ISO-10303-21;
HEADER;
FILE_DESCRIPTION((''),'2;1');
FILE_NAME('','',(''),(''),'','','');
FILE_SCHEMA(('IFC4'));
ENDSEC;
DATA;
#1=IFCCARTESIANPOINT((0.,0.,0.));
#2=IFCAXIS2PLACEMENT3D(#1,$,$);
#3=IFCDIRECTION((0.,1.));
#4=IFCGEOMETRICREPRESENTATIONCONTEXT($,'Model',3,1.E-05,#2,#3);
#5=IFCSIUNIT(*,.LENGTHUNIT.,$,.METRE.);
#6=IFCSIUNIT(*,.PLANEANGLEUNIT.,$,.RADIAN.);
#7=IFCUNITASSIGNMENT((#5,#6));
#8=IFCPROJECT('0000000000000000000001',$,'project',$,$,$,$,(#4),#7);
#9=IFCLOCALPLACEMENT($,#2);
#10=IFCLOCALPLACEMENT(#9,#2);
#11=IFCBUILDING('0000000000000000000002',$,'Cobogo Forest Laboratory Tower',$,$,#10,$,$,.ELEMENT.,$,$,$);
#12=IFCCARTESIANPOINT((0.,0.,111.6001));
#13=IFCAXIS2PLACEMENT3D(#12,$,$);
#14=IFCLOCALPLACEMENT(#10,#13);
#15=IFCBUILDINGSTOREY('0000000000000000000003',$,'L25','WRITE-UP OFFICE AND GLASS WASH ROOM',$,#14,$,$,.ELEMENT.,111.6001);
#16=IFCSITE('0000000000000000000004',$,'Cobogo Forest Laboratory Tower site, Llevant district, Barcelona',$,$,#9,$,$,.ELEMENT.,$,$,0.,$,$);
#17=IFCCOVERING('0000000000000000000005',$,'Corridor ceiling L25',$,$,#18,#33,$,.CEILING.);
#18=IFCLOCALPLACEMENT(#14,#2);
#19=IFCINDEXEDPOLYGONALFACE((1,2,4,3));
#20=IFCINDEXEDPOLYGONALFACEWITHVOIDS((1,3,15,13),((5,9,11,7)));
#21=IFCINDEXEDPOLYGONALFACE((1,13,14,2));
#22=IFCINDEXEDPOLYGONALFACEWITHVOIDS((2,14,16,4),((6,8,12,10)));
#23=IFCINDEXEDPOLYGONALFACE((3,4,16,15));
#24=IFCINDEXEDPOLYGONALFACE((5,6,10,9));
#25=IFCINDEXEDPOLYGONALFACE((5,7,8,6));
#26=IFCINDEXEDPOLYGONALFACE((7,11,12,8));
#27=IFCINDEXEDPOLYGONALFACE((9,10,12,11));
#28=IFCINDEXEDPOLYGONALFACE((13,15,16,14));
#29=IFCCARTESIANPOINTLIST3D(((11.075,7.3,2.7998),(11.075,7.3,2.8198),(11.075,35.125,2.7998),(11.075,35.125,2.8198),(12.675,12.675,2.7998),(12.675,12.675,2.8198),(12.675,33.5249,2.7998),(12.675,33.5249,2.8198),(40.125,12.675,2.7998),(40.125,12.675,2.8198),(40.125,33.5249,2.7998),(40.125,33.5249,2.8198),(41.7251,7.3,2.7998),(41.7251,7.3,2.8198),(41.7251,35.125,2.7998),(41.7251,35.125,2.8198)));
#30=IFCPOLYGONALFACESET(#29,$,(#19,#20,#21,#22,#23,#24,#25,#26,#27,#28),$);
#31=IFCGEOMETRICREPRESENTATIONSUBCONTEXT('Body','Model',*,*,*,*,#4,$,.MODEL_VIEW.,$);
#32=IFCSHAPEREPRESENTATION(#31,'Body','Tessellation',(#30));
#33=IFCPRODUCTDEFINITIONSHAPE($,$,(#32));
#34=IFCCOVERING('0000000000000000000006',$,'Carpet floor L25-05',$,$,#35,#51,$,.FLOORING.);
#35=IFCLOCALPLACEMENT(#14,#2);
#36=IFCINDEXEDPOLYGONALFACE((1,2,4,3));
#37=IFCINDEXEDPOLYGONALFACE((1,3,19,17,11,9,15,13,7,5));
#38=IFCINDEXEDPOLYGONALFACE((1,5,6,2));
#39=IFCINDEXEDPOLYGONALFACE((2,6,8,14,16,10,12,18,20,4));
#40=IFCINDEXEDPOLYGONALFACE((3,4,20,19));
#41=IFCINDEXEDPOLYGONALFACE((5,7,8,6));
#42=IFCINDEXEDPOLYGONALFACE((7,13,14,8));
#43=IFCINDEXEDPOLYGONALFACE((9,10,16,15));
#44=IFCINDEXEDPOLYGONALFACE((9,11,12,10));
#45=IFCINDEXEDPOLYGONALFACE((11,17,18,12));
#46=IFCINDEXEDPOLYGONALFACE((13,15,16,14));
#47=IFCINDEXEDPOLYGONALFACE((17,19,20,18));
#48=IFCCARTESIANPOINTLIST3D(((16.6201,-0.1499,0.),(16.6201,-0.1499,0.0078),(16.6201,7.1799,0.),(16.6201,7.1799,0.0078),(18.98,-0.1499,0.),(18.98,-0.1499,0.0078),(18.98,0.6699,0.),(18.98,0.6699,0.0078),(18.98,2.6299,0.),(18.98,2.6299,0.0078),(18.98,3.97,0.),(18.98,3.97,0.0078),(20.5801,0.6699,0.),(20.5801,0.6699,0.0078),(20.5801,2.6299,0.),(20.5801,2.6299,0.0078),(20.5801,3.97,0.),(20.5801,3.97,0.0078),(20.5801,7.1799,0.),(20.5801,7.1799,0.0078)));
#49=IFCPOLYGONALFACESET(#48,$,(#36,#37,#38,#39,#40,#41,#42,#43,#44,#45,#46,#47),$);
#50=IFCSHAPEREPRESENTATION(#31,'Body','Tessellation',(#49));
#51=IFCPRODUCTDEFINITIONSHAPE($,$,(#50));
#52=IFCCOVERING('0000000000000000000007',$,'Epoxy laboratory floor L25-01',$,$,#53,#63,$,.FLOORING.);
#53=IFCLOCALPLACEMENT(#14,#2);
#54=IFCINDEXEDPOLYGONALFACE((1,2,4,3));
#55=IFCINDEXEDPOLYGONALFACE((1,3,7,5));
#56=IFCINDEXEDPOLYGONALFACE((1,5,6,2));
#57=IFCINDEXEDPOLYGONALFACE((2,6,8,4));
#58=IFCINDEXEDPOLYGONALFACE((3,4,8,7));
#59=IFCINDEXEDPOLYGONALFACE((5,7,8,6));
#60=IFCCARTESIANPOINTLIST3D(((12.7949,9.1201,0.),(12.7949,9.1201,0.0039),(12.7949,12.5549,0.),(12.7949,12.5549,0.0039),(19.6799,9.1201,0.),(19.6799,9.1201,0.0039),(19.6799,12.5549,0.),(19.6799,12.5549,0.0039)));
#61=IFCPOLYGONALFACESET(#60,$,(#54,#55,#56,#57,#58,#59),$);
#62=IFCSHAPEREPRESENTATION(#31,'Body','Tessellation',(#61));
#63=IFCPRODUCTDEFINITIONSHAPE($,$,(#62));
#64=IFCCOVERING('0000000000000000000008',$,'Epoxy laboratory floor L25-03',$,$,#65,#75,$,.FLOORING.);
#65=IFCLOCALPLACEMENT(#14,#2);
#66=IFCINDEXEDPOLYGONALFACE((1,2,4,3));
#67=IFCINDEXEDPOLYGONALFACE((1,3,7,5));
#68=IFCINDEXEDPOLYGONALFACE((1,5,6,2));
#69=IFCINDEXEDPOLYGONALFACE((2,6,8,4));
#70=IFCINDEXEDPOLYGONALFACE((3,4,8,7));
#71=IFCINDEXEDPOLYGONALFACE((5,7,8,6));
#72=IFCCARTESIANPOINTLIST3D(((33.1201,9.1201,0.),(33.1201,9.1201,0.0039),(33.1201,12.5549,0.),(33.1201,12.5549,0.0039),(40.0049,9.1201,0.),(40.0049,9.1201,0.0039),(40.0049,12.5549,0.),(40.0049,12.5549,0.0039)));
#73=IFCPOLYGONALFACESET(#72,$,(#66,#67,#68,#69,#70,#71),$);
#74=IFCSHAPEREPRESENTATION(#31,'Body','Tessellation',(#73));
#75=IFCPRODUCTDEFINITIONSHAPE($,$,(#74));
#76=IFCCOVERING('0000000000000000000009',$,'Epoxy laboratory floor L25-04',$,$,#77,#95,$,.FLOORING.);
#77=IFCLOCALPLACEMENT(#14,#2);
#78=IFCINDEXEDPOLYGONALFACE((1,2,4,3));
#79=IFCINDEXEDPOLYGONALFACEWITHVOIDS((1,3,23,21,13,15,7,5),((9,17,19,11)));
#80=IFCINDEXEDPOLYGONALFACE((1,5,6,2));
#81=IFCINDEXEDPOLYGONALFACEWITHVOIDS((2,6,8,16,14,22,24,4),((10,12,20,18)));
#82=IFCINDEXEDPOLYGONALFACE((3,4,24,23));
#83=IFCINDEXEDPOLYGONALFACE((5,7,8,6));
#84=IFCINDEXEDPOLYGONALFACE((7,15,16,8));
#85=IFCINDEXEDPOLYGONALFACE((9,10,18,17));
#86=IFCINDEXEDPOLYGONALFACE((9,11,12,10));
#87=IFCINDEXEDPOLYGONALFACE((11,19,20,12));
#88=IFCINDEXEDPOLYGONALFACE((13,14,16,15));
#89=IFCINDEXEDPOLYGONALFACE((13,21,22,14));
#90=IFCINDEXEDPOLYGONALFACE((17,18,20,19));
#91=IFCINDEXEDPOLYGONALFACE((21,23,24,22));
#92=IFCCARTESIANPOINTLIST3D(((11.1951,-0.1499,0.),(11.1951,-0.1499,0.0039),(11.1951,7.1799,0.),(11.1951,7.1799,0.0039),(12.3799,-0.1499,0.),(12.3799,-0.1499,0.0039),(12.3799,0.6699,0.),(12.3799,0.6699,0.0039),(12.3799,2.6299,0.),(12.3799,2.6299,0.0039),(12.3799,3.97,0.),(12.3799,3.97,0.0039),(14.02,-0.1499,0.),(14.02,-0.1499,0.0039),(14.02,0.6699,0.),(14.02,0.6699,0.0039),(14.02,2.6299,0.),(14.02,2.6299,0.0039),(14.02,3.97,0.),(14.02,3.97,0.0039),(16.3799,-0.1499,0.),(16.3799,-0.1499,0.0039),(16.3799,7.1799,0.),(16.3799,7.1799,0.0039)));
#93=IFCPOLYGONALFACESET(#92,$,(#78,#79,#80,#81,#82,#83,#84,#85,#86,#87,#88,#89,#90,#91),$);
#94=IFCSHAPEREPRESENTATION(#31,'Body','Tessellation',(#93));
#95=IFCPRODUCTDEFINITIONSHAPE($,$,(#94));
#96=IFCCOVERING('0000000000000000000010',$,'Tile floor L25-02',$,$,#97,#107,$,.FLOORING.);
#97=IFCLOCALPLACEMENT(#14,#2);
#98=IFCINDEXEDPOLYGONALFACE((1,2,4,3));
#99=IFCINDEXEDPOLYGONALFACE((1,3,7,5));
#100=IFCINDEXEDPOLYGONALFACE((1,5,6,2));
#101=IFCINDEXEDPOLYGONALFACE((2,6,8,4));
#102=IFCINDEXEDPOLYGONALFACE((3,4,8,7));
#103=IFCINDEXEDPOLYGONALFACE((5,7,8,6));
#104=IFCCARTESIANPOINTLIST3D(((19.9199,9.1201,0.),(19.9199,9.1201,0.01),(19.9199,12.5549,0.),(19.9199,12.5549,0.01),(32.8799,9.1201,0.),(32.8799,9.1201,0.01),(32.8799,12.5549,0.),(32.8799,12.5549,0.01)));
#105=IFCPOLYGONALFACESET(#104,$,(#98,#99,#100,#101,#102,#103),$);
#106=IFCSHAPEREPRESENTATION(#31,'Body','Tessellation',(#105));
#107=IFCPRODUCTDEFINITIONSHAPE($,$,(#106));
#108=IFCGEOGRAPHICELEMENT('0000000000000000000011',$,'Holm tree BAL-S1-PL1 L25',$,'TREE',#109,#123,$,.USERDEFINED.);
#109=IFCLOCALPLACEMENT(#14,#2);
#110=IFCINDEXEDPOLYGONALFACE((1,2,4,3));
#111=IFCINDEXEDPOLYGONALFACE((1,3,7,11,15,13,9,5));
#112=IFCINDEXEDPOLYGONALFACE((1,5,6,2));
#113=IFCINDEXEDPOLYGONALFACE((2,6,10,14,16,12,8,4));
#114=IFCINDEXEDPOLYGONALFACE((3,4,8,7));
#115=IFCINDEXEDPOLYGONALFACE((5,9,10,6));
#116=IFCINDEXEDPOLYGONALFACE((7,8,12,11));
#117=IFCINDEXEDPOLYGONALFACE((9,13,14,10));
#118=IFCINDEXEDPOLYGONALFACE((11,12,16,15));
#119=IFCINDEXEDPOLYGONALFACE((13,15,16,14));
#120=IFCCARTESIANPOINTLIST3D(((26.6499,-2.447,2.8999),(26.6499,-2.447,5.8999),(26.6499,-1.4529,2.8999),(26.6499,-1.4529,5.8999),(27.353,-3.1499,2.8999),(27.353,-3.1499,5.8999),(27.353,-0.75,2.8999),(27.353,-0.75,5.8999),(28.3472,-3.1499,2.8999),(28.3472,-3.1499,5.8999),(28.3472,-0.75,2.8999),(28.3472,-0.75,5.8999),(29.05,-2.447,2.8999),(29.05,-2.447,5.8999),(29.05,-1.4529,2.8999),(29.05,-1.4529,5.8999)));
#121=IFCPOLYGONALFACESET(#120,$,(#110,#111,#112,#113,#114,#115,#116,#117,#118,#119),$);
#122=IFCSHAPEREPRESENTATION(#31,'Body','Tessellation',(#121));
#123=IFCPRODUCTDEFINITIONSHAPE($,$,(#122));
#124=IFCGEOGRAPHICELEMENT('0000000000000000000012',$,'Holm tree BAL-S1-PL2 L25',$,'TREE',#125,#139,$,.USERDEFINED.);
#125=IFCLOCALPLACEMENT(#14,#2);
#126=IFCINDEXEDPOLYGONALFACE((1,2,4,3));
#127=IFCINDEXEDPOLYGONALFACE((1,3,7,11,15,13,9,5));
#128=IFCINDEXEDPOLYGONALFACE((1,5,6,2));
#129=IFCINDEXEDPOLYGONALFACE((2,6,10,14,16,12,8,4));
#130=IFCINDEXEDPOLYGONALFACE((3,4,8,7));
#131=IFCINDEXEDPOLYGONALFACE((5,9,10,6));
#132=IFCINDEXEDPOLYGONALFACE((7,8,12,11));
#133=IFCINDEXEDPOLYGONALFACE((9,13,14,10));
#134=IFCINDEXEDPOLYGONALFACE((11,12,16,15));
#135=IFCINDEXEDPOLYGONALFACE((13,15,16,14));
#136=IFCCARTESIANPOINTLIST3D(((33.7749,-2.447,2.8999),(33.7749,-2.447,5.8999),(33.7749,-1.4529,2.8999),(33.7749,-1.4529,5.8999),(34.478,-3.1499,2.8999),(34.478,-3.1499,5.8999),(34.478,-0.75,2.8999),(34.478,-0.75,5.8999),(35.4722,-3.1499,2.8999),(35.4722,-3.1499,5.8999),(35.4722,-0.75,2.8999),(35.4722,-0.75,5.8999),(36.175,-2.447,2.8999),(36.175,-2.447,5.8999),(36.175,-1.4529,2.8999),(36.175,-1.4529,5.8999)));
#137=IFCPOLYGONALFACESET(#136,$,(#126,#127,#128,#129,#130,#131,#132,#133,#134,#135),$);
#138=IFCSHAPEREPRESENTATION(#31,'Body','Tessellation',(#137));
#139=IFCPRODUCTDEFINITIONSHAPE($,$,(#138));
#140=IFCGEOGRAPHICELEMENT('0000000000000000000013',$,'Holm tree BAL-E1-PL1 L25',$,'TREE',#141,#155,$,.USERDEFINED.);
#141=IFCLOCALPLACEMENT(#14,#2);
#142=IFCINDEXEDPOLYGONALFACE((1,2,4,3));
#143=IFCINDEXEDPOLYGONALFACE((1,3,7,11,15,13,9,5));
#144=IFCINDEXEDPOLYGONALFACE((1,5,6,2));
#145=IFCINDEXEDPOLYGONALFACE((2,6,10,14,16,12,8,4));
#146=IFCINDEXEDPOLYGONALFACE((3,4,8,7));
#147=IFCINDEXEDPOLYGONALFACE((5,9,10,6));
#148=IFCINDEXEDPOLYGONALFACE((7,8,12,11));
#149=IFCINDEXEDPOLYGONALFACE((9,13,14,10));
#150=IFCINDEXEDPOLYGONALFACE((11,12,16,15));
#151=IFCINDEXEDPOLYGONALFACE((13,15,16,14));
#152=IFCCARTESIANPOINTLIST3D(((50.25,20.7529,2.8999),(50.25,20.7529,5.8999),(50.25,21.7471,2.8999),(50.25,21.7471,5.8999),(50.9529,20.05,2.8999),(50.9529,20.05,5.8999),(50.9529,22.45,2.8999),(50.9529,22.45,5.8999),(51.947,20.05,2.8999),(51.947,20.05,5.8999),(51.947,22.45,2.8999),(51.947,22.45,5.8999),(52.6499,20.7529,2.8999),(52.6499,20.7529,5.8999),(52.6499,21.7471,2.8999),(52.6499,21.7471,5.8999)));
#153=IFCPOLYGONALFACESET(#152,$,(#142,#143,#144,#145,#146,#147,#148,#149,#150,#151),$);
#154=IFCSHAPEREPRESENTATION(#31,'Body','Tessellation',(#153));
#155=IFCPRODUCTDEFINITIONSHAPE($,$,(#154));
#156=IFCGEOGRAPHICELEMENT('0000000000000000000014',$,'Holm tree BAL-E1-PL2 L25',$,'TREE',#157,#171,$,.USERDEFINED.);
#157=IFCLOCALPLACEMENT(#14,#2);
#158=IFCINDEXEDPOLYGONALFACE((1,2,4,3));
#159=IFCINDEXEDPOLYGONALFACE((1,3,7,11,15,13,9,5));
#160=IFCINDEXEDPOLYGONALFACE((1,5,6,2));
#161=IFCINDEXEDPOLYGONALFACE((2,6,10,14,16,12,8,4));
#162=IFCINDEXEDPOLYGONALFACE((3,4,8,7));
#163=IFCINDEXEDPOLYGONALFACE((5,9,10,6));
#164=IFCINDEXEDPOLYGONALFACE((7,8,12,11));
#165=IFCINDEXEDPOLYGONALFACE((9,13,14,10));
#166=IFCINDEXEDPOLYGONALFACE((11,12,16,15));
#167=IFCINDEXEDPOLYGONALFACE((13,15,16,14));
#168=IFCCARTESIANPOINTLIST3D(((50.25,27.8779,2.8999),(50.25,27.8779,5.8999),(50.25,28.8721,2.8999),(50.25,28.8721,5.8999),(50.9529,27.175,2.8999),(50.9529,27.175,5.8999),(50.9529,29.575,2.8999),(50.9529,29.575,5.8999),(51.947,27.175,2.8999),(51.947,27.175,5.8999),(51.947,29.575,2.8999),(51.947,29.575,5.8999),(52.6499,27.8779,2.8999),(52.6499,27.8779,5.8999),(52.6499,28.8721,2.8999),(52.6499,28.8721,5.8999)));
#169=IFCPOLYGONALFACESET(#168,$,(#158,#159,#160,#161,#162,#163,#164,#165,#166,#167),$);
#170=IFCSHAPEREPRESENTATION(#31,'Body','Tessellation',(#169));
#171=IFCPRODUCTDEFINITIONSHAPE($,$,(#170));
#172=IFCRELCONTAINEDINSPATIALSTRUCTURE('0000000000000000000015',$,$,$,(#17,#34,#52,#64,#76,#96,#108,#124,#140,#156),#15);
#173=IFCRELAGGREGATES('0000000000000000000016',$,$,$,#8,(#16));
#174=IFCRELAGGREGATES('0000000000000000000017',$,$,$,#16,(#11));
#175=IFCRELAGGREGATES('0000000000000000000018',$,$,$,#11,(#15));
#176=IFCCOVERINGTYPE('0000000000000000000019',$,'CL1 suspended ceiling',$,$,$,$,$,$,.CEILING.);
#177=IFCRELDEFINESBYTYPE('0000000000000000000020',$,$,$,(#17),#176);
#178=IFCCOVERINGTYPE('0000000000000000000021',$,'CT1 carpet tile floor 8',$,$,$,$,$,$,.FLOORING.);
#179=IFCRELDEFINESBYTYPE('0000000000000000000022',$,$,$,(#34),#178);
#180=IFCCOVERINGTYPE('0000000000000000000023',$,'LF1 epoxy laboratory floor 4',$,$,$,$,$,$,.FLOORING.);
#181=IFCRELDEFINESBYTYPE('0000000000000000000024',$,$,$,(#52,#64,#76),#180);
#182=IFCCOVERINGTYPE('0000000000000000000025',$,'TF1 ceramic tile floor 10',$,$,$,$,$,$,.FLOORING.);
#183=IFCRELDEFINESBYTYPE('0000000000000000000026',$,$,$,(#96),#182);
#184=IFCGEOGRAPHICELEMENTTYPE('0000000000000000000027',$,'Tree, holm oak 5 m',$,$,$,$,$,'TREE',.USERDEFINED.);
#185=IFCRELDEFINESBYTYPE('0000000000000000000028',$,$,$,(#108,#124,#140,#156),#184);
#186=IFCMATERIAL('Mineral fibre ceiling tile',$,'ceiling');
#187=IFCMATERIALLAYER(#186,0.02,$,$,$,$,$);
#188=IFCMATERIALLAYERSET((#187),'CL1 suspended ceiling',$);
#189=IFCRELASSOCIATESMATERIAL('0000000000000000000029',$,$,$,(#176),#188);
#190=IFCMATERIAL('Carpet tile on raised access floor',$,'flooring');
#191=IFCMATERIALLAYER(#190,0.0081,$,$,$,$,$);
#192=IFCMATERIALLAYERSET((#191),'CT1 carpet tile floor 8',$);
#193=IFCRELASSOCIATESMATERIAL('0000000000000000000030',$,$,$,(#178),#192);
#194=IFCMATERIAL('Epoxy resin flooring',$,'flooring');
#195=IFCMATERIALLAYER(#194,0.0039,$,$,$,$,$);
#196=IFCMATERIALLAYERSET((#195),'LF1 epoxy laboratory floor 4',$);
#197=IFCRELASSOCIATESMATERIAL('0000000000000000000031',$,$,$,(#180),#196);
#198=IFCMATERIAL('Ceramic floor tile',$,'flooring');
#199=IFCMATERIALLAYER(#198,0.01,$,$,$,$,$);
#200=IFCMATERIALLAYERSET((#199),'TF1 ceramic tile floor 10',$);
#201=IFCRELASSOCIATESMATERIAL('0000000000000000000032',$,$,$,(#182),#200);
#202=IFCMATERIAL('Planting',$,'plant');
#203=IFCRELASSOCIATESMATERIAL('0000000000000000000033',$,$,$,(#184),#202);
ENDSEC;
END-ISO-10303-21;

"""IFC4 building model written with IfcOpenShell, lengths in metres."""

from ifc_helpers import new_model, si_unit, direction, frame, origin, place, context, subcontext, project, spatial, polyline, outline, extrude, material, layer, layer_set, type_object, element, save


model = new_model("IFC4")

# Units and contexts
model_context = context("Model", 3, precision=1e-05, world=origin(), true_north=direction((0.0, 1.0)))
body_context = subcontext(model_context, "Body", "Model", "MODEL_VIEW")
ifc_project = project(units=[si_unit("LENGTHUNIT", "METRE"), si_unit("PLANEANGLEUNIT", "RADIAN")], contexts=[model_context])

# Site, building, storey
site_placement = place(None, origin())
site = spatial("IfcSite", under=ifc_project, at=site_placement, Name="Cobogo Forest Laboratory Tower site, Llevant district, Barcelona", CompositionType="ELEMENT", RefElevation=0.0)
building_placement = place(site_placement, origin())
building = spatial("IfcBuilding", under=site, at=building_placement, Name="Cobogo Forest Laboratory Tower", CompositionType="ELEMENT")
storey_placement = place(building_placement, frame((0.0, 0.0, 111.6001)))
storey = spatial("IfcBuildingStorey", under=building, at=storey_placement, Name="L25", Description="WRITE-UP OFFICE AND GLASS WASH ROOM", CompositionType="ELEMENT", Elevation=111.6001)

# Coverings
ifc_material_1 = material(Name="Mineral fibre ceiling tile", Category="ceiling")
ifc_layer_1 = layer(ifc_material_1, 0.02)
ifc_layer_set_1 = layer_set([ifc_layer_1], Name="CL1 suspended ceiling")
covering_type_1 = type_object("IfcCoveringType", Name="CL1 suspended ceiling", PredefinedType="CEILING", material=ifc_layer_set_1)
covering_1_placement = place(storey_placement, frame((0.0, 0.0, 2.7998)))
element("IfcCovering", 1, at=covering_1_placement, inside=storey, type_object=covering_type_1, Name="Corridor ceiling L25", PredefinedType="CEILING", context=body_context, shape_type="SweptSolid", body=[
    extrude(outline(polyline([(11.075, 7.3), (11.075, 35.125), (41.7251, 35.125), (41.7251, 7.3), (11.075, 7.3)]), holes=[polyline([(40.125, 33.5249), (12.675, 33.5249), (12.675, 12.675), (40.125, 12.675), (40.125, 33.5249)])]), origin(), (0.0, 0.0, 1.0), 0.02),
])
ifc_material_2 = material(Name="Carpet tile on raised access floor", Category="flooring")
ifc_layer_2 = layer(ifc_material_2, 0.0081)
ifc_layer_set_2 = layer_set([ifc_layer_2], Name="CT1 carpet tile floor 8")
covering_type_2 = type_object("IfcCoveringType", Name="CT1 carpet tile floor 8", PredefinedType="FLOORING", material=ifc_layer_set_2)
covering_2_placement = place(storey_placement, origin())
element("IfcCovering", 2, at=covering_2_placement, inside=storey, type_object=covering_type_2, Name="Carpet floor L25-05", PredefinedType="FLOORING", context=body_context, shape_type="SweptSolid", body=[
    extrude(outline(polyline([(18.98, 3.97), (18.98, 2.6299), (20.5801, 2.6299), (20.5801, 0.6699), (18.98, 0.6699), (18.98, -0.1499), (16.6201, -0.1499), (16.6201, 7.1799), (20.5801, 7.1799), (20.5801, 3.97), (18.98, 3.97)])), origin(), (0.0, 0.0, 1.0), 0.0078),
])
ifc_material_3 = material(Name="Epoxy resin flooring", Category="flooring")
ifc_layer_3 = layer(ifc_material_3, 0.0039)
ifc_layer_set_3 = layer_set([ifc_layer_3], Name="LF1 epoxy laboratory floor 4")
covering_type_3 = type_object("IfcCoveringType", Name="LF1 epoxy laboratory floor 4", PredefinedType="FLOORING", material=ifc_layer_set_3)
covering_3_placement = place(storey_placement, origin())
element("IfcCovering", 3, at=covering_3_placement, inside=storey, type_object=covering_type_3, Name="Epoxy laboratory floor L25-01", PredefinedType="FLOORING", context=body_context, shape_type="SweptSolid", body=[
    extrude(outline(polyline([(19.6799, 9.1201), (12.7949, 9.1201), (12.7949, 12.5549), (19.6799, 12.5549), (19.6799, 9.1201)])), origin(), (0.0, 0.0, 1.0), 0.0039),
])
covering_4_placement = place(storey_placement, origin())
element("IfcCovering", 4, at=covering_4_placement, inside=storey, type_object=covering_type_3, Name="Epoxy laboratory floor L25-03", PredefinedType="FLOORING", context=body_context, shape_type="SweptSolid", body=[
    extrude(outline(polyline([(40.0049, 9.1201), (33.1201, 9.1201), (33.1201, 12.5549), (40.0049, 12.5549), (40.0049, 9.1201)])), origin(), (0.0, 0.0, 1.0), 0.0039),
])
covering_5_placement = place(storey_placement, origin())
element("IfcCovering", 5, at=covering_5_placement, inside=storey, type_object=covering_type_3, Name="Epoxy laboratory floor L25-04", PredefinedType="FLOORING", context=body_context, shape_type="SweptSolid", body=[
    extrude(outline(polyline([(16.3799, 7.1799), (16.3799, -0.1499), (14.02, -0.1499), (14.02, 0.6699), (12.3799, 0.6699), (12.3799, -0.1499), (11.1951, -0.1499), (11.1951, 7.1799), (16.3799, 7.1799)]), holes=[polyline([(12.3799, 3.97), (12.3799, 2.6299), (14.02, 2.6299), (14.02, 3.97), (12.3799, 3.97)])]), origin(), (0.0, 0.0, 1.0), 0.0039),
])
ifc_material_4 = material(Name="Ceramic floor tile", Category="flooring")
ifc_layer_4 = layer(ifc_material_4, 0.01)
ifc_layer_set_4 = layer_set([ifc_layer_4], Name="TF1 ceramic tile floor 10")
covering_type_4 = type_object("IfcCoveringType", Name="TF1 ceramic tile floor 10", PredefinedType="FLOORING", material=ifc_layer_set_4)
covering_6_placement = place(storey_placement, origin())
element("IfcCovering", 6, at=covering_6_placement, inside=storey, type_object=covering_type_4, Name="Tile floor L25-02", PredefinedType="FLOORING", context=body_context, shape_type="SweptSolid", body=[
    extrude(outline(polyline([(32.8799, 9.1201), (19.9199, 9.1201), (19.9199, 12.5549), (32.8799, 12.5549), (32.8799, 9.1201)])), origin(), (0.0, 0.0, 1.0), 0.01),
])

# Geographic elements
ifc_material_5 = material(Name="Planting", Category="plant")
geographic_element_type = type_object("IfcGeographicElementType", Name="Tree, holm oak 5 m", ElementType="TREE", PredefinedType="USERDEFINED", material=ifc_material_5)
geographic_element_1_placement = place(storey_placement, frame((0.0, 0.0, 2.8999)))
element("IfcGeographicElement", 7, at=geographic_element_1_placement, inside=storey, type_object=geographic_element_type, Name="Holm tree BAL-S1-PL1 L25", ObjectType="TREE", PredefinedType="USERDEFINED", context=body_context, shape_type="SweptSolid", body=[
    extrude(outline(polyline([(29.05, -2.447), (29.05, -1.4529), (28.3472, -0.75), (27.353, -0.75), (26.6499, -1.4529), (26.6499, -2.447), (27.353, -3.1499), (28.3472, -3.1499), (29.05, -2.447)])), origin(), (0.0, 0.0, 1.0), 3.0),
])
geographic_element_2_placement = place(storey_placement, frame((0.0, 0.0, 2.8999)))
element("IfcGeographicElement", 8, at=geographic_element_2_placement, inside=storey, type_object=geographic_element_type, Name="Holm tree BAL-S1-PL2 L25", ObjectType="TREE", PredefinedType="USERDEFINED", context=body_context, shape_type="SweptSolid", body=[
    extrude(outline(polyline([(36.175, -2.447), (36.175, -1.4529), (35.4722, -0.75), (34.478, -0.75), (33.7749, -1.4529), (33.7749, -2.447), (34.478, -3.1499), (35.4722, -3.1499), (36.175, -2.447)])), origin(), (0.0, 0.0, 1.0), 3.0),
])
geographic_element_3_placement = place(storey_placement, frame((0.0, 0.0, 2.8999)))
element("IfcGeographicElement", 9, at=geographic_element_3_placement, inside=storey, type_object=geographic_element_type, Name="Holm tree BAL-E1-PL1 L25", ObjectType="TREE", PredefinedType="USERDEFINED", context=body_context, shape_type="SweptSolid", body=[
    extrude(outline(polyline([(52.6499, 20.7529), (52.6499, 21.7471), (51.947, 22.45), (50.9529, 22.45), (50.25, 21.7471), (50.25, 20.7529), (50.9529, 20.05), (51.947, 20.05), (52.6499, 20.7529)])), origin(), (0.0, 0.0, 1.0), 3.0),
])
geographic_element_4_placement = place(storey_placement, frame((0.0, 0.0, 2.8999)))
element("IfcGeographicElement", 10, at=geographic_element_4_placement, inside=storey, type_object=geographic_element_type, Name="Holm tree BAL-E1-PL2 L25", ObjectType="TREE", PredefinedType="USERDEFINED", context=body_context, shape_type="SweptSolid", body=[
    extrude(outline(polyline([(52.6499, 27.8779), (52.6499, 28.8721), (51.947, 29.575), (50.9529, 29.575), (50.25, 28.8721), (50.25, 27.8779), (50.9529, 27.175), (51.947, 27.175), (52.6499, 27.8779)])), origin(), (0.0, 0.0, 1.0), 3.0),
])

save(model, "model.ifc")
